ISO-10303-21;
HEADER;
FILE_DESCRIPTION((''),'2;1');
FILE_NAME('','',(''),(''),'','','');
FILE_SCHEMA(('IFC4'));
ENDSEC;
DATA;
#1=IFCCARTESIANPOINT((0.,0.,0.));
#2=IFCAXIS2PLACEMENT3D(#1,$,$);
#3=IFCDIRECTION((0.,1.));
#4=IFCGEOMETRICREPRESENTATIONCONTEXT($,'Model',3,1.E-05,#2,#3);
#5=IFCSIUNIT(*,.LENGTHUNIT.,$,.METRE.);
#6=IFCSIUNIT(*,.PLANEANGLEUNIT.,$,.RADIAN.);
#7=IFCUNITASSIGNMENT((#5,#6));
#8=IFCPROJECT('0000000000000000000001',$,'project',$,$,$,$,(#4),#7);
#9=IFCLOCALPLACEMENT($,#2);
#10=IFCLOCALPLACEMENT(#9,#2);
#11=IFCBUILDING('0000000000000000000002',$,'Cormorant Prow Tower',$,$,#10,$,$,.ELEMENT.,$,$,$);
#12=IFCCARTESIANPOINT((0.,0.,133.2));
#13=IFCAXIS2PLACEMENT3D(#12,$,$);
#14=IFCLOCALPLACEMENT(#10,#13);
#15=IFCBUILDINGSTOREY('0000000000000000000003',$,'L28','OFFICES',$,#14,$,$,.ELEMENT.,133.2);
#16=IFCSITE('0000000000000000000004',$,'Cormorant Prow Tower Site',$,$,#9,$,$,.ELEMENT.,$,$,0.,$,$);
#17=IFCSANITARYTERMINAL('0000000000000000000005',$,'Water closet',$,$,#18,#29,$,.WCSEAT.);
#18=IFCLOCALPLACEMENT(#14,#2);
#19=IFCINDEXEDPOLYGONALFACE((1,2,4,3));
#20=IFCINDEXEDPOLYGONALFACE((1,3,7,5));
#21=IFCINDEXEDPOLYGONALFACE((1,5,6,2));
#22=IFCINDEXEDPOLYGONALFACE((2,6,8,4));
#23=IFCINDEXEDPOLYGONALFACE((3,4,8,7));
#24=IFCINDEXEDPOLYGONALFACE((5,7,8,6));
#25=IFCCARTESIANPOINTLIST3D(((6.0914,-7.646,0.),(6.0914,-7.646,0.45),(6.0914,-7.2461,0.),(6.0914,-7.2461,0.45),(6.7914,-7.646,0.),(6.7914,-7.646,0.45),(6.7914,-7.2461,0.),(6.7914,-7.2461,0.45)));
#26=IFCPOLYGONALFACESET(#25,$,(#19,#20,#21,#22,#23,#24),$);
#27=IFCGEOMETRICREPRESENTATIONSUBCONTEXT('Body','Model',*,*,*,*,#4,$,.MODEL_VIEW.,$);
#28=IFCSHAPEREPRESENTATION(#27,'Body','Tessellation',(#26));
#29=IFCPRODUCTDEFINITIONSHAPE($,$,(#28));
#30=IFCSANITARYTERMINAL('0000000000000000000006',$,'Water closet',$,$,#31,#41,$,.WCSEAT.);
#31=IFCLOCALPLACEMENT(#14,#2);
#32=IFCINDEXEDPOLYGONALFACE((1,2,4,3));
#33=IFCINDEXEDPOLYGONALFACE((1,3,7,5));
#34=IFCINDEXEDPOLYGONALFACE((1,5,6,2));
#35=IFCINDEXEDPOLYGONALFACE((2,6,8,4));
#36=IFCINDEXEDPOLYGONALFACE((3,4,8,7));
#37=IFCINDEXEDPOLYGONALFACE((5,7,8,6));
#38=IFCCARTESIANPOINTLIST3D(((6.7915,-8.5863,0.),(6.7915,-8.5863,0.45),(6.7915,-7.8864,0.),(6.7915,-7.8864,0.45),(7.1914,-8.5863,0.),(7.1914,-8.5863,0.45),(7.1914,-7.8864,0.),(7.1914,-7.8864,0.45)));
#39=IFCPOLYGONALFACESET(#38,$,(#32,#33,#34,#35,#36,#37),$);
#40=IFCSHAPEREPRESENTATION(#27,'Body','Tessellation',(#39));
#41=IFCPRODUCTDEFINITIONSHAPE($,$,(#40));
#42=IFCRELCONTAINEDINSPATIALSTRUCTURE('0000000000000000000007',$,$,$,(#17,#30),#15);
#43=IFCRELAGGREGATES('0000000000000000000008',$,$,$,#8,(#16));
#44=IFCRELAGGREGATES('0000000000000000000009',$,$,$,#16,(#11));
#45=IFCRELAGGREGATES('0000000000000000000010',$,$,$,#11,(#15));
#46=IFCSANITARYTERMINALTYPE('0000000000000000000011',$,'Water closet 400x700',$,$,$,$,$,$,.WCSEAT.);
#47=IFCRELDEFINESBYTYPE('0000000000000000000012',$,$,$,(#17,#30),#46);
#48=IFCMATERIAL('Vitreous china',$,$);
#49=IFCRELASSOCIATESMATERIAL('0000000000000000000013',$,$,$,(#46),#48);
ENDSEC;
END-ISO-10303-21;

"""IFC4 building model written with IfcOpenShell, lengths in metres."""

from ifc_helpers import new_model, si_unit, direction, frame, origin, origin_2d, place, context, subcontext, project, spatial, rectangle, extrude, material, type_object, element, save


model = new_model("IFC4")

# Units and contexts
model_context = context("Model", 3, precision=1e-05, world=origin(), true_north=direction((0.0, 1.0)))
body_context = subcontext(model_context, "Body", "Model", "MODEL_VIEW")
ifc_project = project(units=[si_unit("LENGTHUNIT", "METRE"), si_unit("PLANEANGLEUNIT", "RADIAN")], contexts=[model_context])

# Site, building, storey
site_placement = place(None, origin())
site = spatial("IfcSite", under=ifc_project, at=site_placement, Name="Cormorant Prow Tower Site", CompositionType="ELEMENT", RefElevation=0.0)
building_placement = place(site_placement, origin())
building = spatial("IfcBuilding", under=site, at=building_placement, Name="Cormorant Prow Tower", CompositionType="ELEMENT")
storey_placement = place(building_placement, frame((0.0, 0.0, 133.2)))
storey = spatial("IfcBuildingStorey", under=building, at=storey_placement, Name="L28", Description="OFFICES", CompositionType="ELEMENT", Elevation=133.2)

# Sanitary terminals
ifc_material_1 = material(Name="Vitreous china")
sanitary_terminal_type_1 = type_object("IfcSanitaryTerminalType", Name="Water closet 400x700", PredefinedType="WCSEAT", material=ifc_material_1)
for number, where, z_axis, x_axis, name in (
    (1, (6.4414, -7.446, 0.0), (0.0, 0.0, 1.0), (0.0, -1.0, 0.0), "Water closet"),
    (2, (6.9915, -8.2363, 0.0), (0.0, 0.0, 1.0), (1.0, 0.0, 0.0), "Water closet"),
):
    element("IfcSanitaryTerminal", number, at=place(storey_placement, frame(where, z_axis=z_axis, x_axis=x_axis)), inside=storey, type_object=sanitary_terminal_type_1, Name=name, PredefinedType="WCSEAT", context=body_context, shape_type="SweptSolid", body=[
        extrude(rectangle(XDim=0.3999, YDim=0.7, at=origin_2d()), origin(), (0.0, 0.0, 1.0), 0.45),
    ])

save(model, "model.ifc")
